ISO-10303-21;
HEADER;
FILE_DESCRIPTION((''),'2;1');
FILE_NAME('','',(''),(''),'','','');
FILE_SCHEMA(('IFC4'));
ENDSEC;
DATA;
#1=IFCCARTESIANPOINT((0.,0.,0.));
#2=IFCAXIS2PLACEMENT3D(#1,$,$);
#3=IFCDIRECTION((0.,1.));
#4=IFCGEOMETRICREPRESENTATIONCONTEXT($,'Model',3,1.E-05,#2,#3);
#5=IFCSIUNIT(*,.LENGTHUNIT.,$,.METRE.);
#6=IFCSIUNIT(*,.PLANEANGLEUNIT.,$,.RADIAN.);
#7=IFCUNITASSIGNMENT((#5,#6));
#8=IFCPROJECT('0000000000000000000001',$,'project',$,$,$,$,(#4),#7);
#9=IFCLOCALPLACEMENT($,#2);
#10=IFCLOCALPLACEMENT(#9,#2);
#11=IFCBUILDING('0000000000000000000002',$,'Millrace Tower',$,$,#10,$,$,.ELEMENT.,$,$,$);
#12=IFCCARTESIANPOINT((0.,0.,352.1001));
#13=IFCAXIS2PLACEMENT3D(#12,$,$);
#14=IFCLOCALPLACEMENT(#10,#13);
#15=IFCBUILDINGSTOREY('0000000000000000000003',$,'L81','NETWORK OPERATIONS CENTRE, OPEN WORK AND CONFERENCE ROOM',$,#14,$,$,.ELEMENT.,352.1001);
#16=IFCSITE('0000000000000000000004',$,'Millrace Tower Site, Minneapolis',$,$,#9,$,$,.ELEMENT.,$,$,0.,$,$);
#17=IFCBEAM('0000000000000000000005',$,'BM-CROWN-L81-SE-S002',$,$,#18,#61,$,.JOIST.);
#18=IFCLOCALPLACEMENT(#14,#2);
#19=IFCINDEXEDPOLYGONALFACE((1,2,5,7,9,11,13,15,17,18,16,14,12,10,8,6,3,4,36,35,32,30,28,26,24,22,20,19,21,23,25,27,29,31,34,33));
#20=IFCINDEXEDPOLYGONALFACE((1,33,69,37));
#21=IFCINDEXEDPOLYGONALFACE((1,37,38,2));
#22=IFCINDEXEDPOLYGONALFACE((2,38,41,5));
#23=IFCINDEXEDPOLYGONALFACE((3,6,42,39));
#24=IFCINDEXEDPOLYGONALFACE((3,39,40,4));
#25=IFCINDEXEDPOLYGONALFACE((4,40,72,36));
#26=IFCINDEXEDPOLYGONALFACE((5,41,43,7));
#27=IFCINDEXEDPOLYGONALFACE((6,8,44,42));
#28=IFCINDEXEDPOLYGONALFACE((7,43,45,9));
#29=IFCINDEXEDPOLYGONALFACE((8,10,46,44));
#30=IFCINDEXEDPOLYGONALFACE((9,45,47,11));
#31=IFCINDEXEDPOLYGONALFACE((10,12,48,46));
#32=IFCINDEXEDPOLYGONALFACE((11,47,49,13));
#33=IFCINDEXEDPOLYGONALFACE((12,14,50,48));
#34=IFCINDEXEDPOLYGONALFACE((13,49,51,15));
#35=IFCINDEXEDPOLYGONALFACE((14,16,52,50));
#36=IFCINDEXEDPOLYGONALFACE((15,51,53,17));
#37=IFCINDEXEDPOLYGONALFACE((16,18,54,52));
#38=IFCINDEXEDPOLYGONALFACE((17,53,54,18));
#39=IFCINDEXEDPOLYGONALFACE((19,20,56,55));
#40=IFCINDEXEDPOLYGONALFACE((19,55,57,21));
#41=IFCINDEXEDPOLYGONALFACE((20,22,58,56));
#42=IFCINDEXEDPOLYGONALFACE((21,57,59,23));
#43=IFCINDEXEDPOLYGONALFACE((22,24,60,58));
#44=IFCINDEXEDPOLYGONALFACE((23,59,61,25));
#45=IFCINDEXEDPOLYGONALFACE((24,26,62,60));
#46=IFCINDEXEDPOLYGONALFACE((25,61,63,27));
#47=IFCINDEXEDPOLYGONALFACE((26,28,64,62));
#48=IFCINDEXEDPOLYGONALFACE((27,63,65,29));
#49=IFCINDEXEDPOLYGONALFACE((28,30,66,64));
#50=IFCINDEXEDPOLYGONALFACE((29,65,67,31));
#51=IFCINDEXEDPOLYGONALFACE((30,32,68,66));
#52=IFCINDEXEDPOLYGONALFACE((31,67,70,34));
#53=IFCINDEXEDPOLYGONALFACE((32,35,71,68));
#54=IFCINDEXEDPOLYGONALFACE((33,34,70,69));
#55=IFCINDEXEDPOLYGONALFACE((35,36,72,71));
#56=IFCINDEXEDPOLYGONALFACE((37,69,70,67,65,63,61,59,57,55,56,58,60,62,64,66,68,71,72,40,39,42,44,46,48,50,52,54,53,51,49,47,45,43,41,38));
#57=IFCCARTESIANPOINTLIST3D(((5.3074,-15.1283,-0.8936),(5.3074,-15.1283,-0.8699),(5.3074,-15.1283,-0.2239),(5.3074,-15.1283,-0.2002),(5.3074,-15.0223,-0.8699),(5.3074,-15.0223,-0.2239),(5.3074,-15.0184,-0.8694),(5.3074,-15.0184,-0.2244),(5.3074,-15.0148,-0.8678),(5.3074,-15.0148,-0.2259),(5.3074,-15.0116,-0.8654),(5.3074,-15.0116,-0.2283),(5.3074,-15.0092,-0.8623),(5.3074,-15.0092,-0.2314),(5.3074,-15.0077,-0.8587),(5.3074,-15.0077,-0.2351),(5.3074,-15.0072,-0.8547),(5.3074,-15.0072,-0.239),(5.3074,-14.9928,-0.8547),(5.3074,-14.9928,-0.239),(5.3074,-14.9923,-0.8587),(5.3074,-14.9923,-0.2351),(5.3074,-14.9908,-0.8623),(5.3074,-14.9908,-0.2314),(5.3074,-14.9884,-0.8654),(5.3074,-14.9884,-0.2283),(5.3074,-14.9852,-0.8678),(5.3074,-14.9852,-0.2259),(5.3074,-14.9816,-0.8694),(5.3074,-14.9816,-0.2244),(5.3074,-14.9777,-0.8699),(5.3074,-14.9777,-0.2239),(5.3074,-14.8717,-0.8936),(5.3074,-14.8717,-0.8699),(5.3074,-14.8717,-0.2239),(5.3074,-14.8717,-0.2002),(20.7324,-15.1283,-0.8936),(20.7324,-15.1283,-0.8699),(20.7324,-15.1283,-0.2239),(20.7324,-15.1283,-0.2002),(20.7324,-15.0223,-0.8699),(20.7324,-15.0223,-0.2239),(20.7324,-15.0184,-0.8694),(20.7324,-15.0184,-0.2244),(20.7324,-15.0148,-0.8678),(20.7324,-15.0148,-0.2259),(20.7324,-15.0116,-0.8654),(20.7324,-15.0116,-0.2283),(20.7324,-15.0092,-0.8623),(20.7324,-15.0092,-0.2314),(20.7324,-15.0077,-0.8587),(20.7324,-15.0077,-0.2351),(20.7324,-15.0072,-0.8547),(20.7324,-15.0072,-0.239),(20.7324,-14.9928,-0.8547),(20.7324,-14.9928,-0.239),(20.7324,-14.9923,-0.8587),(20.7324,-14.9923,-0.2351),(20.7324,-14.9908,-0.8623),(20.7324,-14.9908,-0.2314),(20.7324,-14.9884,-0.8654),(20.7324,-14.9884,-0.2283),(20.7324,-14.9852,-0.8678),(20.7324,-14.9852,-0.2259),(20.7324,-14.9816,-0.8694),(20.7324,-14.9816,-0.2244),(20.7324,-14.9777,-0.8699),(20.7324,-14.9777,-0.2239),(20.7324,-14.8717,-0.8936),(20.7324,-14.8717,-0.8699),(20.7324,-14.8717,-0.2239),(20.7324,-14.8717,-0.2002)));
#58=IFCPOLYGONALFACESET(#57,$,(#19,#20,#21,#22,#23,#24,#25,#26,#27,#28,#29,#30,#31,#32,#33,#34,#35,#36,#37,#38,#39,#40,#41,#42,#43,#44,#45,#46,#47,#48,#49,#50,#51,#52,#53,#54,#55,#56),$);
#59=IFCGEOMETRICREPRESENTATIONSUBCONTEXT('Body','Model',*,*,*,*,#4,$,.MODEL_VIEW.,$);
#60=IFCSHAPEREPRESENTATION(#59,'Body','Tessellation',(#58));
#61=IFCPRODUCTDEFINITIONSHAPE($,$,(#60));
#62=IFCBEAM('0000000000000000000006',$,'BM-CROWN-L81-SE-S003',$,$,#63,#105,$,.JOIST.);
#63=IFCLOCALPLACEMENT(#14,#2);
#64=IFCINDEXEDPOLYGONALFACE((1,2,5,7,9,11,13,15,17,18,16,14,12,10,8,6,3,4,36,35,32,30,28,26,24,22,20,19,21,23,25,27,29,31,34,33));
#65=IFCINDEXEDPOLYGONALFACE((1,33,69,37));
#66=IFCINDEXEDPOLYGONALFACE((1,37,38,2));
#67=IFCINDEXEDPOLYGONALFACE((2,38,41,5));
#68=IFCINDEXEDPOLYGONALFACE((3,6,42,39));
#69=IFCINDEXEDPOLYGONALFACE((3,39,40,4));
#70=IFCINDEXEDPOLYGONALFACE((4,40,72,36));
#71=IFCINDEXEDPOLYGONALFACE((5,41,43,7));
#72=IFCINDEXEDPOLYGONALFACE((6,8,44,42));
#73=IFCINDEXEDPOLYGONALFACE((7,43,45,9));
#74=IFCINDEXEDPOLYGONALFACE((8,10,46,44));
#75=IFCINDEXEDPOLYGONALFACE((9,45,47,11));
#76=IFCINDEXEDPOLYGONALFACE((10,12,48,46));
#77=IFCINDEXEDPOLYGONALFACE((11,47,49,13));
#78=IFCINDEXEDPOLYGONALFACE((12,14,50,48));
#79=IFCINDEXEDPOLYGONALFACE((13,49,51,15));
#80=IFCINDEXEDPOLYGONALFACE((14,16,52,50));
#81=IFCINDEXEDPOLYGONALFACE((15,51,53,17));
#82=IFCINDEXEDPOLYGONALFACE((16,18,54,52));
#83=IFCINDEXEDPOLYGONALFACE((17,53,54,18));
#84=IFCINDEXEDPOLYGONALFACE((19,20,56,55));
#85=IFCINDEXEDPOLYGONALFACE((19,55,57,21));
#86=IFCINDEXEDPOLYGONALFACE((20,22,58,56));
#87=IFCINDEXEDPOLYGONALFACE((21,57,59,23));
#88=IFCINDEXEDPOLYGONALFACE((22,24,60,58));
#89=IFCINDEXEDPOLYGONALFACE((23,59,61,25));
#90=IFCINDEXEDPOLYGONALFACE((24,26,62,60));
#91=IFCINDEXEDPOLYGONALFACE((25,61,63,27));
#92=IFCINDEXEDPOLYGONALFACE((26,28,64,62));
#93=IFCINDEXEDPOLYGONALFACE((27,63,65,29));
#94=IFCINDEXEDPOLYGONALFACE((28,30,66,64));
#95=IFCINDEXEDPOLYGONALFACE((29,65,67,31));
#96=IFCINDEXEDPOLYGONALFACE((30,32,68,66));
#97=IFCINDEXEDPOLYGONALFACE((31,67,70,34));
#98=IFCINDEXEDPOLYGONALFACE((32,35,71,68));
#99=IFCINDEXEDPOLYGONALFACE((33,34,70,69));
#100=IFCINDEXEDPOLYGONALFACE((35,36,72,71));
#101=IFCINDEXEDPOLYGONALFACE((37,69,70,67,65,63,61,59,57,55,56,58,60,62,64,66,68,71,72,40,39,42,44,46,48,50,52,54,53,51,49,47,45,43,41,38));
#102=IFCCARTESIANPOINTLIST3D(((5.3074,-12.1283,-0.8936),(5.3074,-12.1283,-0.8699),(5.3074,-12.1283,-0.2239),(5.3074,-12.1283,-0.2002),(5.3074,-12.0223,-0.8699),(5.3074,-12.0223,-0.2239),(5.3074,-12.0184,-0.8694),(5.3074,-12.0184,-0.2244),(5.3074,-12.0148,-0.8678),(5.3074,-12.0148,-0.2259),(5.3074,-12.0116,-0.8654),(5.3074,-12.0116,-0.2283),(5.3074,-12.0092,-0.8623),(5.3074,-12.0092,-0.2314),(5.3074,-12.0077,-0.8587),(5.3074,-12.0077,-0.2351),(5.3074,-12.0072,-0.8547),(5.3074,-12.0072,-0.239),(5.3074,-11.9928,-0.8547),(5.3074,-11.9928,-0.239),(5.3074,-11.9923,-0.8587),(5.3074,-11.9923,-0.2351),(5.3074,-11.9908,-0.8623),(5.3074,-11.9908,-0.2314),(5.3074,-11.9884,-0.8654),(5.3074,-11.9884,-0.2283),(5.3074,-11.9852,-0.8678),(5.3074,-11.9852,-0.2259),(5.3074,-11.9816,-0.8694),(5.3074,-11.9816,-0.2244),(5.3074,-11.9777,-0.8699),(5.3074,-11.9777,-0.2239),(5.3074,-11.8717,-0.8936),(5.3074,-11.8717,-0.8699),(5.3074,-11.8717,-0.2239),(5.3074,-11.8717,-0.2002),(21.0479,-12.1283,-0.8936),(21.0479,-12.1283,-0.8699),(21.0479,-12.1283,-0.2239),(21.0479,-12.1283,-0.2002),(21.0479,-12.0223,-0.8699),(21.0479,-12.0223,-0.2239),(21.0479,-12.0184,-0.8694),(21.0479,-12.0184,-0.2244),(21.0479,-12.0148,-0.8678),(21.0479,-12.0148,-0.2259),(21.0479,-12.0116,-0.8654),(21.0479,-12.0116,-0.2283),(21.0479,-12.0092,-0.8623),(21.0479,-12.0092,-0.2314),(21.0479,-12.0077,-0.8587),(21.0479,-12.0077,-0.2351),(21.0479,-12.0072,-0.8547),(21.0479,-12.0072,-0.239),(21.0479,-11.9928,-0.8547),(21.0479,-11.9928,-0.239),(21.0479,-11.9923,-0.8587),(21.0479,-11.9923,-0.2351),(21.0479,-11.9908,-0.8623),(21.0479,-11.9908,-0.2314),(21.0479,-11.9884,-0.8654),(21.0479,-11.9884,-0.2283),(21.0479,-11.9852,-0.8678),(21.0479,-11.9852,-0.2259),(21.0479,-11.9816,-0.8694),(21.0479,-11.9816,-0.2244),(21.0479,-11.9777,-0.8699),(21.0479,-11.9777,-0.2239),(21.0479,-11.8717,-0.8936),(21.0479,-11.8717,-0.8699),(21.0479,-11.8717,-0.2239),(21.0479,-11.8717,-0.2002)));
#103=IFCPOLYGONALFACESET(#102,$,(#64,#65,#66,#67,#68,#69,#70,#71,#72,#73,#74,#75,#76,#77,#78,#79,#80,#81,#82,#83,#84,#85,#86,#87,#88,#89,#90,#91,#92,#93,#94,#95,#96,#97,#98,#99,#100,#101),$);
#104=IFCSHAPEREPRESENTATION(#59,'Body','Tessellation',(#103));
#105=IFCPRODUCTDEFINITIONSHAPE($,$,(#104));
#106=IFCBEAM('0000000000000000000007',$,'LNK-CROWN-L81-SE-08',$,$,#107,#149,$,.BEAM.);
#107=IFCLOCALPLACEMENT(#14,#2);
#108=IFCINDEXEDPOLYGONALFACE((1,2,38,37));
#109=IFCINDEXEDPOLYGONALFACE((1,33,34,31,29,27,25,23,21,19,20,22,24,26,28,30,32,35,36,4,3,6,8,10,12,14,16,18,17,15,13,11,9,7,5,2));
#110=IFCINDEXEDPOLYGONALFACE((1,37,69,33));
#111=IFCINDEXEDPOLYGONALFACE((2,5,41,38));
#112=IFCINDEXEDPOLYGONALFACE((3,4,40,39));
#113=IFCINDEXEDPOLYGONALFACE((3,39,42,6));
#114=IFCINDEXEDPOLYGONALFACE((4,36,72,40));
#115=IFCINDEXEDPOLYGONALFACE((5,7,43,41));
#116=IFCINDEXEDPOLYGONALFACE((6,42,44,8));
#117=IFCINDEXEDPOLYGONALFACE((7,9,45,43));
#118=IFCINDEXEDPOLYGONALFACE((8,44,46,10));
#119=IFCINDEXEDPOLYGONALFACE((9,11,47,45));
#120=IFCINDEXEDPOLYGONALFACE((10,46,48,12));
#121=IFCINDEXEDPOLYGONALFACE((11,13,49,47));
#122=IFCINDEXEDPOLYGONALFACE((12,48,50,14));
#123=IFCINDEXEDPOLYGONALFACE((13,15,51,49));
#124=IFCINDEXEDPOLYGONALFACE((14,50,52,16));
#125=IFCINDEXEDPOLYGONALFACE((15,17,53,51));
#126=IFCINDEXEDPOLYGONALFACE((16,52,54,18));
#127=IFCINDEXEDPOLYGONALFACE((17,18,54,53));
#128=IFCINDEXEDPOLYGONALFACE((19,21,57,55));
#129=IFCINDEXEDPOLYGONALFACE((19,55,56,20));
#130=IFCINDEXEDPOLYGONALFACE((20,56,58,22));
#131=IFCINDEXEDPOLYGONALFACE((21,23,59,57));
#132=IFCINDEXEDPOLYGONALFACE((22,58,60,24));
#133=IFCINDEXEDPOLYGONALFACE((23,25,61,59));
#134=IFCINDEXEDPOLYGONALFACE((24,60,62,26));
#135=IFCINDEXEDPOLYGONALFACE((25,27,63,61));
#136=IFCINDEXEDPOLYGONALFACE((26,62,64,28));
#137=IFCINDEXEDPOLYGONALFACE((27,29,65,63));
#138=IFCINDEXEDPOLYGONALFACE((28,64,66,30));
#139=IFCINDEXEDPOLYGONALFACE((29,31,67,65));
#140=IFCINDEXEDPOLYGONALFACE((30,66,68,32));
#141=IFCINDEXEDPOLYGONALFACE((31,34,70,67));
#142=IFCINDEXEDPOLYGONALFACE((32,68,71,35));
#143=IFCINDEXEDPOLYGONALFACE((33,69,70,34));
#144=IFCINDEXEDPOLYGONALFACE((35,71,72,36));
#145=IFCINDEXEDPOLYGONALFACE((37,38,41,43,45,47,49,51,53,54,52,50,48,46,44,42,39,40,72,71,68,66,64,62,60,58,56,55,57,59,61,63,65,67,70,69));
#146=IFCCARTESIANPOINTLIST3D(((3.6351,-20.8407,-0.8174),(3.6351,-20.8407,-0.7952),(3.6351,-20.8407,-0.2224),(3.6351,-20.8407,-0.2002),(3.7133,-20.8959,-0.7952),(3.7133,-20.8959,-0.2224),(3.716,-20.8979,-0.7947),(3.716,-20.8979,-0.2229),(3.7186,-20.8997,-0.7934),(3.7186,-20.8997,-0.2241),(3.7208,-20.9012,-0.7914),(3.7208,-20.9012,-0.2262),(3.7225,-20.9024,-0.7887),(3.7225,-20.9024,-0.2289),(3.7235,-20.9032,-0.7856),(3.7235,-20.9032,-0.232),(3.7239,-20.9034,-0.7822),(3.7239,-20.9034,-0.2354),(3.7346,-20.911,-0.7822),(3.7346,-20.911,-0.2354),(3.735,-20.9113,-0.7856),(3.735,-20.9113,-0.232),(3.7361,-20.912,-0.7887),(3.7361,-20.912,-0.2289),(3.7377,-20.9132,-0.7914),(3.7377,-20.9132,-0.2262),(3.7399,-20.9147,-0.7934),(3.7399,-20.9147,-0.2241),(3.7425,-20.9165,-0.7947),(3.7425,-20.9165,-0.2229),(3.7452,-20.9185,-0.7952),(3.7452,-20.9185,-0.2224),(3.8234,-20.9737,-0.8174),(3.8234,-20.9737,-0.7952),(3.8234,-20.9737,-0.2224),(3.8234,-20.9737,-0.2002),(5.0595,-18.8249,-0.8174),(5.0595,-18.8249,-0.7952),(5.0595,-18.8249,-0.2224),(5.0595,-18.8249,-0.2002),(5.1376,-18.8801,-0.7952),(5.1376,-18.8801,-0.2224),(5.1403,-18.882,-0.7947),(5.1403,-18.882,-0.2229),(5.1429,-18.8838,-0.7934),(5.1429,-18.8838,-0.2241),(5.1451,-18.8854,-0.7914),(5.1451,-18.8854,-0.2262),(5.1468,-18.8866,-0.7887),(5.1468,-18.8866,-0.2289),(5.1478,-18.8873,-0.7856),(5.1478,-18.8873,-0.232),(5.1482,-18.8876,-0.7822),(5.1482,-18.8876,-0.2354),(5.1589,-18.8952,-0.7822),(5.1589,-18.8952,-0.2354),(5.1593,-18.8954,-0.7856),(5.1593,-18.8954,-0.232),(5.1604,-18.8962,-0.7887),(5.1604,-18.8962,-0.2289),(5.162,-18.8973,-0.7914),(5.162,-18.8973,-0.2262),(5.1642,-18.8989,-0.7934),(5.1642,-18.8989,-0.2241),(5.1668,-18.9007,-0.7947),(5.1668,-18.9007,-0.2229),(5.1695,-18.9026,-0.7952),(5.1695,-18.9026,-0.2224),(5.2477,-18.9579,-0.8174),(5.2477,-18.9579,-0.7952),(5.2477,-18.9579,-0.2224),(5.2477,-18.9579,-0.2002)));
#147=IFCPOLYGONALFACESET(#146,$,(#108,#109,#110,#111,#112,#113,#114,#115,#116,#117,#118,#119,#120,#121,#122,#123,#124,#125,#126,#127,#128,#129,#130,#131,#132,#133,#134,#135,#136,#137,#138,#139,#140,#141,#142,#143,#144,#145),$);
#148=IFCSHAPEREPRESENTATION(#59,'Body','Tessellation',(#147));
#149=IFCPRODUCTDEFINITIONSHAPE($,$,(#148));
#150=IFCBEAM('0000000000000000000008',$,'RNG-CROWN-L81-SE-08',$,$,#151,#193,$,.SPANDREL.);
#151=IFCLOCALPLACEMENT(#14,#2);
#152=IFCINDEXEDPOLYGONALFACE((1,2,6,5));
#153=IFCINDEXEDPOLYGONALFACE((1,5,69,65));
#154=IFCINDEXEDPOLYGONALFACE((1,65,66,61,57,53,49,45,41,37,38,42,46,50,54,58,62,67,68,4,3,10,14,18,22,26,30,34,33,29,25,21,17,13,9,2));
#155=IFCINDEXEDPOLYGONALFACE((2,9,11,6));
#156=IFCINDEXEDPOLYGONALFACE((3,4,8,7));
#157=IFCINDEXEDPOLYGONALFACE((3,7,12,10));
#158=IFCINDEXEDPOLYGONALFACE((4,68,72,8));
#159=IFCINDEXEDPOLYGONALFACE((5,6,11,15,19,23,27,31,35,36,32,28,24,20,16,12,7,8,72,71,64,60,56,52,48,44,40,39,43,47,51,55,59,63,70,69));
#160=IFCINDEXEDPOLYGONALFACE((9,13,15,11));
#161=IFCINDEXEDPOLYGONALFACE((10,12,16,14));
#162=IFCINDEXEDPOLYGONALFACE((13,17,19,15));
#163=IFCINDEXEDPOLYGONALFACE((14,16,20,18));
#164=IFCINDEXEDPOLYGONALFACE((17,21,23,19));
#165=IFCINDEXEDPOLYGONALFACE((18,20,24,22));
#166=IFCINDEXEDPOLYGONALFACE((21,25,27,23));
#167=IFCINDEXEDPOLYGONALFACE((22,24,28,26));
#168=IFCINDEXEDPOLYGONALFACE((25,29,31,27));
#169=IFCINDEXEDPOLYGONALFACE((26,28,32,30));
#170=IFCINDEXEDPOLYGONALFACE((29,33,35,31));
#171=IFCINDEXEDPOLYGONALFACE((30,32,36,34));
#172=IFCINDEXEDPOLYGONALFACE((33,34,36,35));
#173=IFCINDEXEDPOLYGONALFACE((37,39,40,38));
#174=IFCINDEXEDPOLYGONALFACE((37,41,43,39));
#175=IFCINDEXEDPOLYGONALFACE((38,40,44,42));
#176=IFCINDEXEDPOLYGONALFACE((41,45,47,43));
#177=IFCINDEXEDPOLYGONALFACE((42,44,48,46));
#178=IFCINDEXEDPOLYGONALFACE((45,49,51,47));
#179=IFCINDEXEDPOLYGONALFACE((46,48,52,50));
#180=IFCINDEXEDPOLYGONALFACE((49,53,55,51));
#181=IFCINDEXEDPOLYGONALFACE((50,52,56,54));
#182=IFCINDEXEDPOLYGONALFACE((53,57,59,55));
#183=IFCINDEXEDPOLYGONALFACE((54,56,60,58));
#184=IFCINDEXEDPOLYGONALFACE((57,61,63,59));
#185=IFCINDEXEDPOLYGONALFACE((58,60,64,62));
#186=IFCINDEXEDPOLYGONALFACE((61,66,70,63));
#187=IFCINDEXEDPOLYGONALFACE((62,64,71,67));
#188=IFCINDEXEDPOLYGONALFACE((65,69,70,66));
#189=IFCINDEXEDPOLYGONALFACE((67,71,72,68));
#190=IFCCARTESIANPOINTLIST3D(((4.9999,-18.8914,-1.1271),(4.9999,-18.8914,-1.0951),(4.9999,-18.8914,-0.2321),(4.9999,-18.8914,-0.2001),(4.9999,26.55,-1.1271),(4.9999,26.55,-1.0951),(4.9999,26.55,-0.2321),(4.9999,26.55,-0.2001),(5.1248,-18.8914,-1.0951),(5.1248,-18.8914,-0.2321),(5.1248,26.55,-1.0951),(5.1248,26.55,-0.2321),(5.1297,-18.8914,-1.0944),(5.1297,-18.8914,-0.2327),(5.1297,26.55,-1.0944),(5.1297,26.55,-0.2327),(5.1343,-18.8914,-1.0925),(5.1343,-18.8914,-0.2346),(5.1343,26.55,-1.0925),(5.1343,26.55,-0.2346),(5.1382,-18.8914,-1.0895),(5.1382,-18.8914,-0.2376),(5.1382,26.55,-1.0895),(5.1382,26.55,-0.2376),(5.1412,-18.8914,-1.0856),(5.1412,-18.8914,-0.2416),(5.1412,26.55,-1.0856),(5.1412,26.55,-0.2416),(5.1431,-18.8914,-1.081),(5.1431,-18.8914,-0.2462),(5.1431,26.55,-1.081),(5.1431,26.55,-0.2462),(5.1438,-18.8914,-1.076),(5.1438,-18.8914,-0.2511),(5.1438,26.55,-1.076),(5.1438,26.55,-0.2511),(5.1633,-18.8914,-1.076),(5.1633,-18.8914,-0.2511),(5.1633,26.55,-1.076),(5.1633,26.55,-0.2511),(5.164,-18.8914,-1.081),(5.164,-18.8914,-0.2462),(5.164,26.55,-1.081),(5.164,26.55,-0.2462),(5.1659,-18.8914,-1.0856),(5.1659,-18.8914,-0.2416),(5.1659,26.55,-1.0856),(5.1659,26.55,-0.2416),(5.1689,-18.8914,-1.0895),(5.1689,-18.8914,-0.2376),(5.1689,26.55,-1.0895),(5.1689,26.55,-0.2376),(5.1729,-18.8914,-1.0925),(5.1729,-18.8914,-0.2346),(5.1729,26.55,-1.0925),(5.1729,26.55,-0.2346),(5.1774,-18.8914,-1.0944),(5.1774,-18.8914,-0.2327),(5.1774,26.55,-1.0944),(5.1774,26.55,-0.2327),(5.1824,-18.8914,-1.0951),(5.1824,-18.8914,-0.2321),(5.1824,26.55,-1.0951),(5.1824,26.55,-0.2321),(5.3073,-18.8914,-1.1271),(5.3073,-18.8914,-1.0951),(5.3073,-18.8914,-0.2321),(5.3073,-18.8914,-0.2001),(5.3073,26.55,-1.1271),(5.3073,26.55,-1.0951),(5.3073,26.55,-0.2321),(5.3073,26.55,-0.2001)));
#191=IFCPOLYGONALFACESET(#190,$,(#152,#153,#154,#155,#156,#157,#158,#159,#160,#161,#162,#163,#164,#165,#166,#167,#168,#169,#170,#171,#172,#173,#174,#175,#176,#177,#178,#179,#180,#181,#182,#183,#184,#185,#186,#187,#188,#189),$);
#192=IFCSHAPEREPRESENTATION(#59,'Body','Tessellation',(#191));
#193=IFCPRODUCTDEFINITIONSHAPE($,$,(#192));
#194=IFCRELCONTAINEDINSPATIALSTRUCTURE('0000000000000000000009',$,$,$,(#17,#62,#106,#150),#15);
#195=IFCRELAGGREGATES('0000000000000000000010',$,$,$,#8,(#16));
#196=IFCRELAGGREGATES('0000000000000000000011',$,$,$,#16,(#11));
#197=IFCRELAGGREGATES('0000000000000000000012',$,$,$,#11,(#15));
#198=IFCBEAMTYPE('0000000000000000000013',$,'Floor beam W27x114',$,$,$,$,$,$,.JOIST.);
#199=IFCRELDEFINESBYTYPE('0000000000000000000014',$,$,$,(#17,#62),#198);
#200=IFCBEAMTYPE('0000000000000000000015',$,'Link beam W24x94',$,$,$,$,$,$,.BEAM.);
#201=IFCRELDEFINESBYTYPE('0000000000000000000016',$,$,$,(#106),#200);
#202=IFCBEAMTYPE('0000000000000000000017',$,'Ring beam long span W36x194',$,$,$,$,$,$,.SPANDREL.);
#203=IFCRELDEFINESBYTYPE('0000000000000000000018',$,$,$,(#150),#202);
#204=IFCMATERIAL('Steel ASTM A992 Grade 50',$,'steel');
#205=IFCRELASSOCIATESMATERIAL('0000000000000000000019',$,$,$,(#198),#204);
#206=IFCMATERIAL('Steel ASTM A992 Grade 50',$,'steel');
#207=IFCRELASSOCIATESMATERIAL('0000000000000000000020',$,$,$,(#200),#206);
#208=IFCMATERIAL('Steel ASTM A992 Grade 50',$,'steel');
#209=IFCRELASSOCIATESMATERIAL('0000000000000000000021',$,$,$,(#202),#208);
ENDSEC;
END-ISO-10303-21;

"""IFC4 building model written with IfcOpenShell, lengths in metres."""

from ifc_helpers import new_model, si_unit, direction, frame, origin, origin_2d, place, context, subcontext, project, spatial, i_section, extrude, material, material_profile, profile_set, type_object, element, save


model = new_model("IFC4")

# Units and contexts
model_context = context("Model", 3, precision=1e-05, world=origin(), true_north=direction((0.0, 1.0)))
body_context = subcontext(model_context, "Body", "Model", "MODEL_VIEW")
ifc_project = project(units=[si_unit("LENGTHUNIT", "METRE"), si_unit("PLANEANGLEUNIT", "RADIAN")], contexts=[model_context])

# Site, building, storey
site_placement = place(None, origin())
site = spatial("IfcSite", under=ifc_project, at=site_placement, Name="Millrace Tower Site, Minneapolis", CompositionType="ELEMENT", RefElevation=0.0)
building_placement = place(site_placement, origin())
building = spatial("IfcBuilding", under=site, at=building_placement, Name="Millrace Tower", CompositionType="ELEMENT")
storey_placement = place(building_placement, frame((0.0, 0.0, 352.1001)))
storey = spatial("IfcBuildingStorey", under=building, at=storey_placement, Name="L81", Description="NETWORK OPERATIONS CENTRE, OPEN WORK AND CONFERENCE ROOM", CompositionType="ELEMENT", Elevation=352.1001)

# Beams
ifc_material_1 = material(Name="Steel ASTM A992 Grade 50", Category="steel")
ifc_material_profile_1 = material_profile(ifc_material_1, i_section(OverallWidth=0.2566, OverallDepth=0.6934, WebThickness=0.0144, FlangeThickness=0.0237, FilletRadius=0.0151, at=origin_2d()))
ifc_profile_set_1 = profile_set([ifc_material_profile_1], Name="Steel ASTM A992 Grade 50")
beam_type_1 = type_object("IfcBeamType", Name="Floor beam W27x114", PredefinedType="JOIST", material=ifc_profile_set_1)
beam_1_placement = place(storey_placement, frame((5.3074, -15.0, -0.5469), z_axis=(1.0, 0.0, 0.0), x_axis=(0.0, 1.0, 0.0)))
element("IfcBeam", 1, at=beam_1_placement, inside=storey, type_object=beam_type_1, Name="BM-CROWN-L81-SE-S002", PredefinedType="JOIST", context=body_context, shape_type="SweptSolid", body=[
    extrude(i_section(OverallWidth=0.2566, OverallDepth=0.6934, WebThickness=0.0144, FlangeThickness=0.0237, FilletRadius=0.0151, at=origin_2d()), origin(), (0.0, 0.0, 1.0), 15.425),
])
beam_2_placement = place(storey_placement, frame((5.3074, -12.0, -0.5469), z_axis=(1.0, 0.0, 0.0), x_axis=(0.0, 1.0, 0.0)))
element("IfcBeam", 2, at=beam_2_placement, inside=storey, type_object=beam_type_1, Name="BM-CROWN-L81-SE-S003", PredefinedType="JOIST", context=body_context, shape_type="SweptSolid", body=[
    extrude(i_section(OverallWidth=0.2566, OverallDepth=0.6934, WebThickness=0.0144, FlangeThickness=0.0237, FilletRadius=0.0151, at=origin_2d()), origin(), (0.0, 0.0, 1.0), 15.7405),
])
ifc_material_2 = material(Name="Steel ASTM A992 Grade 50", Category="steel")
ifc_material_profile_2 = material_profile(ifc_material_2, i_section(OverallWidth=0.2305, OverallDepth=0.6172, WebThickness=0.0132, FlangeThickness=0.0222, FilletRadius=0.0129, at=origin_2d()))
ifc_profile_set_2 = profile_set([ifc_material_profile_2], Name="Steel ASTM A992 Grade 50")
beam_type_2 = type_object("IfcBeamType", Name="Link beam W24x94", PredefinedType="BEAM", material=ifc_profile_set_2)
beam_3_placement = place(storey_placement, frame((5.1536, -18.8914, -0.5088), z_axis=(-0.577048, -0.81671, 0.0), x_axis=(0.81671, -0.577048, 0.0)))
element("IfcBeam", 3, at=beam_3_placement, inside=storey, type_object=beam_type_2, Name="LNK-CROWN-L81-SE-08", PredefinedType="BEAM", context=body_context, shape_type="SweptSolid", body=[
    extrude(i_section(OverallWidth=0.2305, OverallDepth=0.6172, WebThickness=0.0132, FlangeThickness=0.0222, FilletRadius=0.0129, at=origin_2d()), origin(), (0.0, 0.0, 1.0), 2.4683),
])
ifc_material_3 = material(Name="Steel ASTM A992 Grade 50", Category="steel")
ifc_material_profile_3 = material_profile(ifc_material_3, i_section(OverallWidth=0.3074, OverallDepth=0.927, WebThickness=0.0195, FlangeThickness=0.032, FilletRadius=0.019, at=origin_2d()))
ifc_profile_set_3 = profile_set([ifc_material_profile_3], Name="Steel ASTM A992 Grade 50")
beam_type_3 = type_object("IfcBeamType", Name="Ring beam long span W36x194", PredefinedType="SPANDREL", material=ifc_profile_set_3)
beam_4_placement = place(storey_placement, frame((5.1536, -18.8914, -0.6636), z_axis=(0.0, 1.0, 0.0), x_axis=(-1.0, 0.0, 0.0)))
element("IfcBeam", 4, at=beam_4_placement, inside=storey, type_object=beam_type_3, Name="RNG-CROWN-L81-SE-08", PredefinedType="SPANDREL", context=body_context, shape_type="SweptSolid", body=[
    extrude(i_section(OverallWidth=0.3074, OverallDepth=0.927, WebThickness=0.0195, FlangeThickness=0.032, FilletRadius=0.019, at=origin_2d()), origin(), (0.0, 0.0, 1.0), 45.4414),
])

save(model, "model.ifc")
